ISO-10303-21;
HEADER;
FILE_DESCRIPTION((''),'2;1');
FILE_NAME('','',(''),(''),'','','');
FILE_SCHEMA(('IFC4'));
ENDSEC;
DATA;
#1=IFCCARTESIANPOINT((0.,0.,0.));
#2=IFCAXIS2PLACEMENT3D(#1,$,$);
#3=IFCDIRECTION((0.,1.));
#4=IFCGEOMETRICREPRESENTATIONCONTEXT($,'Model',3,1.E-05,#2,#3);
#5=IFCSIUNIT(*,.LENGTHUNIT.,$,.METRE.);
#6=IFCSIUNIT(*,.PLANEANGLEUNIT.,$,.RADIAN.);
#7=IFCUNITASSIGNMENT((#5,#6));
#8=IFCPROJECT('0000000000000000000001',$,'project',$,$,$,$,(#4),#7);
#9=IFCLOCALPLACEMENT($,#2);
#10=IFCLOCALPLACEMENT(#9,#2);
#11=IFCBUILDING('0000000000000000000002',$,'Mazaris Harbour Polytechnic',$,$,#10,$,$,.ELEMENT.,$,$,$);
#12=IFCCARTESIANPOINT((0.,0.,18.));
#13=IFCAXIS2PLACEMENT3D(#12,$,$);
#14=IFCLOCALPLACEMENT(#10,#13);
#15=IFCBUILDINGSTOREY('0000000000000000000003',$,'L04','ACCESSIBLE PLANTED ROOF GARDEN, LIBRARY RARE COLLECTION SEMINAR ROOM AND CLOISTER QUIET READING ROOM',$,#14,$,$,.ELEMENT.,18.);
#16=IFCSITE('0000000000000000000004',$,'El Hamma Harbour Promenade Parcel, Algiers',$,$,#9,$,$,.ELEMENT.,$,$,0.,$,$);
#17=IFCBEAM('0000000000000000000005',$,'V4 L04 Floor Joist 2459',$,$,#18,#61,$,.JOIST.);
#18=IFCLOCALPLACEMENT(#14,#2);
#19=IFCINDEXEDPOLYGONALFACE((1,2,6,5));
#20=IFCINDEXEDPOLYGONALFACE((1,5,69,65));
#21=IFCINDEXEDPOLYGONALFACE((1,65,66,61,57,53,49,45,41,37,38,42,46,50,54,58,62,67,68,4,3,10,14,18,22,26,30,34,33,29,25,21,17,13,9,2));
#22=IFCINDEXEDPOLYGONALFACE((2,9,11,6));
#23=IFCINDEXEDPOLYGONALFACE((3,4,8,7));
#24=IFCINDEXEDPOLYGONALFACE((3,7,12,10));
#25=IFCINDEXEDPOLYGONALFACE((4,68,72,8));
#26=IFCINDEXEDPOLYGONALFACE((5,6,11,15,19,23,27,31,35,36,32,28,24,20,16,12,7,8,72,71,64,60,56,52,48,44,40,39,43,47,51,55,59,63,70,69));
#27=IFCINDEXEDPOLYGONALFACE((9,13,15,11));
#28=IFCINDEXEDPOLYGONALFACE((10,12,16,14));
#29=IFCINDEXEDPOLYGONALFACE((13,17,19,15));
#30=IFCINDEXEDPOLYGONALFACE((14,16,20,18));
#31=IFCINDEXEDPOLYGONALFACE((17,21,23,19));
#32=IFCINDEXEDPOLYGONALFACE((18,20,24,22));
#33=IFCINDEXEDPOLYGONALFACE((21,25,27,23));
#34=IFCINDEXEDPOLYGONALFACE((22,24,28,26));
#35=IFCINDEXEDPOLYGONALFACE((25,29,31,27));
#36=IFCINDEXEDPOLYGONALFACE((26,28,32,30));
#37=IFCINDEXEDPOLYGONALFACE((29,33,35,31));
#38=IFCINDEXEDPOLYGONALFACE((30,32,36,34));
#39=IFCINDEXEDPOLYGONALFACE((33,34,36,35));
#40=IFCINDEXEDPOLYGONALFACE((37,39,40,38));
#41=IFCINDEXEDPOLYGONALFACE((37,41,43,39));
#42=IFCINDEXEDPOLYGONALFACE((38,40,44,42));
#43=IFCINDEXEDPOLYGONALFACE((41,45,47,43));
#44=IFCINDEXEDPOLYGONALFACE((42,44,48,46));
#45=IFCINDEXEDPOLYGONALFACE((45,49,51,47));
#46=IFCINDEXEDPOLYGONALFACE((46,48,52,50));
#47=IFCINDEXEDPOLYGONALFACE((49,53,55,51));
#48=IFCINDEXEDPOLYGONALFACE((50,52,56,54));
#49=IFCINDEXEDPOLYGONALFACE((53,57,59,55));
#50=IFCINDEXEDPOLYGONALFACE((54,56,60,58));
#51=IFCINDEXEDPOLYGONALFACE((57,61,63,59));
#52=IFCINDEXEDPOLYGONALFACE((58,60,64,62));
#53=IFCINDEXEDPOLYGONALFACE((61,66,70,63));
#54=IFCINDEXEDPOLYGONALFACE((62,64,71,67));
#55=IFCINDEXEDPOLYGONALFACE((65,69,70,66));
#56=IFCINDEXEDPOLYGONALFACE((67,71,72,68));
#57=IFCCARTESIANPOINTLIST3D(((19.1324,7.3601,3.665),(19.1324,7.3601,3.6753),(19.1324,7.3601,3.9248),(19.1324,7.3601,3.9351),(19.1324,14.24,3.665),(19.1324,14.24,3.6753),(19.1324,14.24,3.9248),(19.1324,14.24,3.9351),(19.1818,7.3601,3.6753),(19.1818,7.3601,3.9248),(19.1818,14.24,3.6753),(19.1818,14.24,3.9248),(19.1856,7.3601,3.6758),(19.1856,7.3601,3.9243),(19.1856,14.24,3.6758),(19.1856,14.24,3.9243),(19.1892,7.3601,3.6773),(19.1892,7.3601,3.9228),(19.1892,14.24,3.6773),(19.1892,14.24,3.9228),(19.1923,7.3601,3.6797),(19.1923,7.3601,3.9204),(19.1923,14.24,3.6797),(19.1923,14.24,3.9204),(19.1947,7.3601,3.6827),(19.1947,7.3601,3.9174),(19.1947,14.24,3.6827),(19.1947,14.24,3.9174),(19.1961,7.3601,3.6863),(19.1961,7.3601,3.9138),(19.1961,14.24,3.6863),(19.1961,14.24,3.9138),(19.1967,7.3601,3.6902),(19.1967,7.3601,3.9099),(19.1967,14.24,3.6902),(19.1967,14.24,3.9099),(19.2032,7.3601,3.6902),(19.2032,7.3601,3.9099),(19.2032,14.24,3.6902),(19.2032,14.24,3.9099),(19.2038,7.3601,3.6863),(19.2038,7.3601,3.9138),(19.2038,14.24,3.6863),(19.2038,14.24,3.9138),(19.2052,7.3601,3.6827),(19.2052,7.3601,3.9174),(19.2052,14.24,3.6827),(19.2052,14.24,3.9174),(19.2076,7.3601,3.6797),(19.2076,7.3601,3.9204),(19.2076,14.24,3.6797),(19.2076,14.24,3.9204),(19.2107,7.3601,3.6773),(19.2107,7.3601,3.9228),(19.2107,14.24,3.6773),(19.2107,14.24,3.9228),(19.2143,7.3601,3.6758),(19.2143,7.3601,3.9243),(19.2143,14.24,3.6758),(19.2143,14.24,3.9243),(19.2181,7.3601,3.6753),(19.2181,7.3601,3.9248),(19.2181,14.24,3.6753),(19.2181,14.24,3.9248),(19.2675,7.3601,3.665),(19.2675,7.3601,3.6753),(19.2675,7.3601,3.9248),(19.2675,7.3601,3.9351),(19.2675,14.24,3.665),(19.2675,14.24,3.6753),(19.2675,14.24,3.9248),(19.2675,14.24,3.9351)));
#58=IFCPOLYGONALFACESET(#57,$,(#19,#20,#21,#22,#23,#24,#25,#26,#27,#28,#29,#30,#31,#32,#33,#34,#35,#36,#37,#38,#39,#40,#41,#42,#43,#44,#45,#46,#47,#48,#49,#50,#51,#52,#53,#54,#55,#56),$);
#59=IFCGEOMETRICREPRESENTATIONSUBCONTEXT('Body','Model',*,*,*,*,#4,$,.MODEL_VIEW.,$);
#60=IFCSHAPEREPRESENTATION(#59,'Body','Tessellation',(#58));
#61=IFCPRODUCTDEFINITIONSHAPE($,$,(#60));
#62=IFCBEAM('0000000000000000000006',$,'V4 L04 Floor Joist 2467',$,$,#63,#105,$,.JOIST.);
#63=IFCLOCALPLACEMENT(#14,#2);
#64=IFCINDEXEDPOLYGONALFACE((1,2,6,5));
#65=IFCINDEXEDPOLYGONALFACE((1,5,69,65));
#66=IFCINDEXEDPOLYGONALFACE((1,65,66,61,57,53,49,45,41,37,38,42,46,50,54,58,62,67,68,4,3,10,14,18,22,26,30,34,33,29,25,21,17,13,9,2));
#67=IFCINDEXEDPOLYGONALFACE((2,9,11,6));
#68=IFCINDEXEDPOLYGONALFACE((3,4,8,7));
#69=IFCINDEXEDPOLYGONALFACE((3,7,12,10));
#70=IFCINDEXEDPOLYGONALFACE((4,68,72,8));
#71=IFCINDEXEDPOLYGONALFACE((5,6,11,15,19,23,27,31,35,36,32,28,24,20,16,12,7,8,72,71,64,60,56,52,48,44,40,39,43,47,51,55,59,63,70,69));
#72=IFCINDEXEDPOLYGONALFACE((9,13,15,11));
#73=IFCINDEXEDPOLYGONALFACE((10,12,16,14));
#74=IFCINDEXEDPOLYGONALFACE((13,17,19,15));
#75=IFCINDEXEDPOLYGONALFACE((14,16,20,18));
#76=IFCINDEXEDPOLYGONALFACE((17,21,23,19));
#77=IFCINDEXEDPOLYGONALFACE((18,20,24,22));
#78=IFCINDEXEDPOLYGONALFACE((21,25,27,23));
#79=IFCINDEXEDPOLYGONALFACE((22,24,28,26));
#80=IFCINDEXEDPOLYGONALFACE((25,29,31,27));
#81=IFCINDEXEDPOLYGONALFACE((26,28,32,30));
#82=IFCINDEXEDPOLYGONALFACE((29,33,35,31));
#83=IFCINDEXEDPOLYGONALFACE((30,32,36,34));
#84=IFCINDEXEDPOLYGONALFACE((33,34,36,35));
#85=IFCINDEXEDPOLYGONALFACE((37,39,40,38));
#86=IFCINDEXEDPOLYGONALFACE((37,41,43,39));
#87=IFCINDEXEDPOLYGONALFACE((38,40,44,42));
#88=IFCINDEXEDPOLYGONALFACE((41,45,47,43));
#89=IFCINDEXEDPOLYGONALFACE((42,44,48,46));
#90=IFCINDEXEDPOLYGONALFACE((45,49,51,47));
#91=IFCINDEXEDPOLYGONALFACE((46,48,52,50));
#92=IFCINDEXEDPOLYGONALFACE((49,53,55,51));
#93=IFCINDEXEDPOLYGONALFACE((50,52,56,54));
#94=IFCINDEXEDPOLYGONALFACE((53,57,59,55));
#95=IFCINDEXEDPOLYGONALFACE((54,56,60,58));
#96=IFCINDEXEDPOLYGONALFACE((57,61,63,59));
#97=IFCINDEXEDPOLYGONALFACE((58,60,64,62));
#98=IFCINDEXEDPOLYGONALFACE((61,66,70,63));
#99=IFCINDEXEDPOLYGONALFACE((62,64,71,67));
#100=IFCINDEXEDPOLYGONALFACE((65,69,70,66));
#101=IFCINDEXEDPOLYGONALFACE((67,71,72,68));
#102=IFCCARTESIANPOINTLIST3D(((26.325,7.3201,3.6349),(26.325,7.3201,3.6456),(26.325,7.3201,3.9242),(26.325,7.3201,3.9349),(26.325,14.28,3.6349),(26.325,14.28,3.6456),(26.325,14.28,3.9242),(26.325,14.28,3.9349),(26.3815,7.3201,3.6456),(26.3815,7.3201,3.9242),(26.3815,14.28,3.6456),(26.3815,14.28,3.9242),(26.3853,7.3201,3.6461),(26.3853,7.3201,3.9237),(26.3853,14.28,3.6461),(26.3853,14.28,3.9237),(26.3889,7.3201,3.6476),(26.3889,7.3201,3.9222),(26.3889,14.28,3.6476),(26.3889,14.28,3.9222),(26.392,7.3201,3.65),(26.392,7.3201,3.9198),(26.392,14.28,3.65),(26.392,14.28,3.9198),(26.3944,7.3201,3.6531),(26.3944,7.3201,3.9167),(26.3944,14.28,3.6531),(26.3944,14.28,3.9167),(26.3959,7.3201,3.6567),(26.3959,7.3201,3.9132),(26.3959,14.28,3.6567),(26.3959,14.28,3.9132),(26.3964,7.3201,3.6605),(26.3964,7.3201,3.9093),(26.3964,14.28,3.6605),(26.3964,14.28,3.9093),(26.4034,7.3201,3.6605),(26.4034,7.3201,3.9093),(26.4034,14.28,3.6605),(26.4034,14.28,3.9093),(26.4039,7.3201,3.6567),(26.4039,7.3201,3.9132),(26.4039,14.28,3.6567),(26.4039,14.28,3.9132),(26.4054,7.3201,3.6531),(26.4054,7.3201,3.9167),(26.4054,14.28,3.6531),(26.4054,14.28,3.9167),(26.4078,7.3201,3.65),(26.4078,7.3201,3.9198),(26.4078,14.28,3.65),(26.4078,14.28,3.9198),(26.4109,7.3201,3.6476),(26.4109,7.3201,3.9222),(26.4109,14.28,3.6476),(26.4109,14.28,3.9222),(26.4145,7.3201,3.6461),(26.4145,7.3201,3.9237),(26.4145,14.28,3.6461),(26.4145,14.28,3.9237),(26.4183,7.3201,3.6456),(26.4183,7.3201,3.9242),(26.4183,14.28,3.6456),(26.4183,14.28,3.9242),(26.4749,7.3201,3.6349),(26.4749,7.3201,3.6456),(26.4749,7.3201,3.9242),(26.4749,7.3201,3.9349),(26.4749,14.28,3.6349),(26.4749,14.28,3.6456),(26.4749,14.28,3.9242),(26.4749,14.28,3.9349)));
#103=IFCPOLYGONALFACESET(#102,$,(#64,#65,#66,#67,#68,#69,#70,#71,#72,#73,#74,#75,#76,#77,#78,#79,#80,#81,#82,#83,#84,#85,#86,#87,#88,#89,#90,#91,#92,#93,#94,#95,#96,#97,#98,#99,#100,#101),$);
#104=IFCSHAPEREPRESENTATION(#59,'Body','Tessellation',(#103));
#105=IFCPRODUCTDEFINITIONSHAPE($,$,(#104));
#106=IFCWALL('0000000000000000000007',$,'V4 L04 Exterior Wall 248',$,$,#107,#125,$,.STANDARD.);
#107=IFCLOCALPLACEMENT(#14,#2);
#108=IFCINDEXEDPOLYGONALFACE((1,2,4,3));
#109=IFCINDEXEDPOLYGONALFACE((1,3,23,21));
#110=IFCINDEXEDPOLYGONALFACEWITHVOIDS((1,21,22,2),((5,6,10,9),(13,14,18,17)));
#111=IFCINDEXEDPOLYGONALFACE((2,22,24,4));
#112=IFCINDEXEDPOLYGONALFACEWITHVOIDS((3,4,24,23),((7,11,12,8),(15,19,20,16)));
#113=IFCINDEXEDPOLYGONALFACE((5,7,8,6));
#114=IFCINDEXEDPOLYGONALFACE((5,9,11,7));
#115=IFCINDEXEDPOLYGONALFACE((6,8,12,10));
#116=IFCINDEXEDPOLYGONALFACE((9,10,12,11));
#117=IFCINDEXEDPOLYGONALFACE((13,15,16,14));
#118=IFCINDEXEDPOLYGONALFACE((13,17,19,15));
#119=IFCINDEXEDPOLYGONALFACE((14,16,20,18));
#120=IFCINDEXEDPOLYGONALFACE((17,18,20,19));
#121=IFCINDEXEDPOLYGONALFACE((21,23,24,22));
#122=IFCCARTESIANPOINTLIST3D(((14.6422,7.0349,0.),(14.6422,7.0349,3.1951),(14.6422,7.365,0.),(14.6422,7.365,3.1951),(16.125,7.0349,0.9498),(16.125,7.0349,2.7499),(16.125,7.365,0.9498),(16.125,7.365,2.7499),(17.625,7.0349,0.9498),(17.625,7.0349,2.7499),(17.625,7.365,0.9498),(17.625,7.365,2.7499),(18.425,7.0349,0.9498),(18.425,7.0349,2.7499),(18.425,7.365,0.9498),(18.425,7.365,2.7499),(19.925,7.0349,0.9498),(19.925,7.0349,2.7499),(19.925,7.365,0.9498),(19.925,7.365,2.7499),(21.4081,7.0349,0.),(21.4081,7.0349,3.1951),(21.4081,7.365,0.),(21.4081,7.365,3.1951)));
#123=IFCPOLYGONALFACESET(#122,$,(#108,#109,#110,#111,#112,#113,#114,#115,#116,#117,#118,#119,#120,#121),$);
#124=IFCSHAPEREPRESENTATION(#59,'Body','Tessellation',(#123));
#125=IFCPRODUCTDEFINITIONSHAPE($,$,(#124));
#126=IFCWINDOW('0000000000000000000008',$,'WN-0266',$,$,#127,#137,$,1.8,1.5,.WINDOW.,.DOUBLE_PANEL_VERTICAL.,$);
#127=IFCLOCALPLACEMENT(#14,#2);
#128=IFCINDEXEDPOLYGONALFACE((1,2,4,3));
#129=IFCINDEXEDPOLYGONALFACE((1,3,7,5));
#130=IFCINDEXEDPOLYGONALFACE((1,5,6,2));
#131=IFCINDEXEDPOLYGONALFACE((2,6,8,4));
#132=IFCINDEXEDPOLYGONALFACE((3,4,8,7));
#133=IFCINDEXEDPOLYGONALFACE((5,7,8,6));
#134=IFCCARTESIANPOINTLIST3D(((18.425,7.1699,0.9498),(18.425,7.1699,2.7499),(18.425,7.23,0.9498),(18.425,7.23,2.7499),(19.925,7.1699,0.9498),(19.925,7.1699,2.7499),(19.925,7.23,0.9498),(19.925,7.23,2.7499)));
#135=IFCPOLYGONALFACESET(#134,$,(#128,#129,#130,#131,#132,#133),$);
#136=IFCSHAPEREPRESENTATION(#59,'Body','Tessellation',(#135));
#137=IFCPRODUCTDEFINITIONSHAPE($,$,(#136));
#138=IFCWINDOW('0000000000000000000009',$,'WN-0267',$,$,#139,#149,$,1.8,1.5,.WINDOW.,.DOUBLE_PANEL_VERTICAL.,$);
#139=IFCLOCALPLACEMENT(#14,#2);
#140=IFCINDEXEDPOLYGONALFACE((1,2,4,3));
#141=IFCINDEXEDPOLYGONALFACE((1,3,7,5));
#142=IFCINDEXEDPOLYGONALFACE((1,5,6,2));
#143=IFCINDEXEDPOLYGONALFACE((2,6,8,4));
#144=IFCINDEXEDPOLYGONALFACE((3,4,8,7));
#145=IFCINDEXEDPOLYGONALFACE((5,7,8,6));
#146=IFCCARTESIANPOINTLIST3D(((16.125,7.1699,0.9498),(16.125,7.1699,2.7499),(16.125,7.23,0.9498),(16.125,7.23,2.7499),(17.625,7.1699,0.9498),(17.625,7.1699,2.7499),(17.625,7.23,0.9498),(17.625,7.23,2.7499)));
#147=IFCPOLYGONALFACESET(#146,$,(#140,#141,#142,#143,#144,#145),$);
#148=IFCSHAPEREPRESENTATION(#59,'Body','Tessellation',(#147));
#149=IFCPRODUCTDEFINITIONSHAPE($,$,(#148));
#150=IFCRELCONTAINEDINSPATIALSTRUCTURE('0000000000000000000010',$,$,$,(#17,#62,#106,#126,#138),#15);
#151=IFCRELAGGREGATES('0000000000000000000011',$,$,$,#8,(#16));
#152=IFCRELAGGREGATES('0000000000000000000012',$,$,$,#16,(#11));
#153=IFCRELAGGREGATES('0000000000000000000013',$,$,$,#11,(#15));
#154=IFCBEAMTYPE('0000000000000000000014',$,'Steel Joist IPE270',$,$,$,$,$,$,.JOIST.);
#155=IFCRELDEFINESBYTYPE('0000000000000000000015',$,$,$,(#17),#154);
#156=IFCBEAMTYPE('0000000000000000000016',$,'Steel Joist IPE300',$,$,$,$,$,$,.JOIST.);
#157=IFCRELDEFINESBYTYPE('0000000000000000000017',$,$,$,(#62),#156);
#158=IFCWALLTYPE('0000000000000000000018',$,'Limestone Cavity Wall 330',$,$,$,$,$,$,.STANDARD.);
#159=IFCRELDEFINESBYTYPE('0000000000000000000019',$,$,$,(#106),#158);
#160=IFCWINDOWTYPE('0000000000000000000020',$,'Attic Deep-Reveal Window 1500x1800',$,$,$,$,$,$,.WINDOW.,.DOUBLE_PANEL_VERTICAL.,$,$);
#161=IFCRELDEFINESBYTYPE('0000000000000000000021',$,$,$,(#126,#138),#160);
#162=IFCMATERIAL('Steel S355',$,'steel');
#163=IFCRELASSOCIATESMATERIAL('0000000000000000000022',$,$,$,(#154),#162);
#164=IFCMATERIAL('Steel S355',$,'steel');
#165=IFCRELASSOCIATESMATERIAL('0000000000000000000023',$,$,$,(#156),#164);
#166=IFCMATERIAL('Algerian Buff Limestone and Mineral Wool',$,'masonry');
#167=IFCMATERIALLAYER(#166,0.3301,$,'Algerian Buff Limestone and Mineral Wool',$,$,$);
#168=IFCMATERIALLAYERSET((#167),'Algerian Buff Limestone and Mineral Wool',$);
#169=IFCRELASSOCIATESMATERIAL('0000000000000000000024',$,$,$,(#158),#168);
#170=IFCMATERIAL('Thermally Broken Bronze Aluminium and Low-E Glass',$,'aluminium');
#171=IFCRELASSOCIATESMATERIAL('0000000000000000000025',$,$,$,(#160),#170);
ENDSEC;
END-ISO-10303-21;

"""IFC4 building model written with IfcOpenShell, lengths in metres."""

from ifc_helpers import new_model, si_unit, direction, frame, frame_2d, origin, origin_2d, place, context, subcontext, project, spatial, rectangle, i_section, extrude, material, layer, layer_set, material_profile, profile_set, type_object, element, fill, save


model = new_model("IFC4")

# Units and contexts
model_context = context("Model", 3, precision=1e-05, world=origin(), true_north=direction((0.0, 1.0)))
body_context = subcontext(model_context, "Body", "Model", "MODEL_VIEW")
ifc_project = project(units=[si_unit("LENGTHUNIT", "METRE"), si_unit("PLANEANGLEUNIT", "RADIAN")], contexts=[model_context])

# Site, building, storey
site_placement = place(None, origin())
site = spatial("IfcSite", under=ifc_project, at=site_placement, Name="El Hamma Harbour Promenade Parcel, Algiers", CompositionType="ELEMENT", RefElevation=0.0)
building_placement = place(site_placement, origin())
building = spatial("IfcBuilding", under=site, at=building_placement, Name="Mazaris Harbour Polytechnic", CompositionType="ELEMENT")
storey_placement = place(building_placement, frame((0.0, 0.0, 18.0)))
storey = spatial("IfcBuildingStorey", under=building, at=storey_placement, Name="L04", Description="ACCESSIBLE PLANTED ROOF GARDEN, LIBRARY RARE COLLECTION SEMINAR ROOM AND CLOISTER QUIET READING ROOM", CompositionType="ELEMENT", Elevation=18.0)

# Beams
ifc_material_1 = material(Name="Steel S355", Category="steel")
ifc_material_profile_1 = material_profile(ifc_material_1, i_section(OverallWidth=0.135, OverallDepth=0.27, WebThickness=0.0066, FlangeThickness=0.0103, FilletRadius=0.0149, at=origin_2d()), Name="IPE 270")
ifc_profile_set_1 = profile_set([ifc_material_profile_1], Name="Steel S355")
beam_type_1 = type_object("IfcBeamType", Name="Steel Joist IPE270", PredefinedType="JOIST", material=ifc_profile_set_1)
beam_1_placement = place(storey_placement, frame((19.2, 7.3601, 3.8), z_axis=(0.0, 1.0, 0.0), x_axis=(-1.0, 0.0, 0.0)))
element("IfcBeam", 1, at=beam_1_placement, inside=storey, type_object=beam_type_1, Name="V4 L04 Floor Joist 2459", PredefinedType="JOIST", context=body_context, shape_type="SweptSolid", body=[
    extrude(i_section(OverallWidth=0.135, OverallDepth=0.27, WebThickness=0.0066, FlangeThickness=0.0103, FilletRadius=0.0149, at=origin_2d()), origin(), (0.0, 0.0, 1.0), 6.8799),
])
ifc_material_2 = material(Name="Steel S355", Category="steel")
ifc_material_profile_2 = material_profile(ifc_material_2, i_section(OverallWidth=0.1499, OverallDepth=0.3, WebThickness=0.0071, FlangeThickness=0.0107, FilletRadius=0.0149, at=origin_2d()), Name="IPE 300")
ifc_profile_set_2 = profile_set([ifc_material_profile_2], Name="Steel S355")
beam_type_2 = type_object("IfcBeamType", Name="Steel Joist IPE300", PredefinedType="JOIST", material=ifc_profile_set_2)
beam_2_placement = place(storey_placement, frame((26.3999, 7.3201, 3.7849), z_axis=(0.0, 1.0, 0.0), x_axis=(-1.0, 0.0, 0.0)))
element("IfcBeam", 2, at=beam_2_placement, inside=storey, type_object=beam_type_2, Name="V4 L04 Floor Joist 2467", PredefinedType="JOIST", context=body_context, shape_type="SweptSolid", body=[
    extrude(i_section(OverallWidth=0.1499, OverallDepth=0.3, WebThickness=0.0071, FlangeThickness=0.0107, FilletRadius=0.0149, at=origin_2d()), origin(), (0.0, 0.0, 1.0), 6.96),
])

# Wall, openings, windows
ifc_material_3 = material(Name="Algerian Buff Limestone and Mineral Wool", Category="masonry")
ifc_layer = layer(ifc_material_3, 0.3301, Name="Algerian Buff Limestone and Mineral Wool")
ifc_layer_set = layer_set([ifc_layer], Name="Algerian Buff Limestone and Mineral Wool")
wall_type = type_object("IfcWallType", Name="Limestone Cavity Wall 330", PredefinedType="STANDARD", material=ifc_layer_set)
wall_1_placement = place(storey_placement, frame((21.408, 7.2, 0.0), z_axis=(0.0, 0.0, 1.0), x_axis=(-1.0, 0.0, 0.0)))
wall_1 = element("IfcWall", 3, at=wall_1_placement, inside=storey, type_object=wall_type, Name="V4 L04 Exterior Wall 248", PredefinedType="STANDARD", context=body_context, shape_type="SweptSolid", body=[
    extrude(rectangle(XDim=6.7659, YDim=0.3301, at=frame_2d((3.3828, 0.0))), origin(), (0.0, 0.0, 1.0), 3.1951),
])
opening_1_placement = place(wall_1_placement, frame((1.4829, 0.0, 0.95)))
opening_1 = element("IfcOpeningElement", 4, at=opening_1_placement, cuts=wall_1, PredefinedType="OPENING", context=body_context, shape_type="SweptSolid", body=[
    extrude(rectangle(XDim=1.5, YDim=1.8, at=frame_2d((0.75, 0.8999))), frame((0.0, 0.175, 0.0), z_axis=(0.0, -1.0, 0.0), x_axis=(1.0, 0.0, 0.0)), (0.0, 0.0, 1.0), 0.3501),
])
opening_2_placement = place(wall_1_placement, frame((3.783, 0.0, 0.95)))
opening_2 = element("IfcOpeningElement", 5, at=opening_2_placement, cuts=wall_1, PredefinedType="OPENING", context=body_context, shape_type="SweptSolid", body=[
    extrude(rectangle(XDim=1.5, YDim=1.8, at=frame_2d((0.75, 0.8999))), frame((0.0, 0.175, 0.0), z_axis=(0.0, -1.0, 0.0), x_axis=(1.0, 0.0, 0.0)), (0.0, 0.0, 1.0), 0.3501),
])
ifc_material_4 = material(Name="Thermally Broken Bronze Aluminium and Low-E Glass", Category="aluminium")
window_type_1 = type_object("IfcWindowType", Name="Attic Deep-Reveal Window 1500x1800", PartitioningType="DOUBLE_PANEL_VERTICAL", PredefinedType="WINDOW", material=ifc_material_4)
window_1_placement = place(opening_1_placement, origin())
window_1 = element("IfcWindow", 6, at=window_1_placement, inside=storey, type_object=window_type_1, Name="WN-0266", OverallHeight=1.8, OverallWidth=1.5, PartitioningType="DOUBLE_PANEL_VERTICAL", PredefinedType="WINDOW", context=body_context, shape_type="SweptSolid", body=[
    extrude(rectangle(XDim=1.5, YDim=1.8, at=frame_2d((0.75, 0.8999))), frame((0.0, 0.03, 0.0), z_axis=(0.0, -1.0, 0.0), x_axis=(1.0, 0.0, 0.0)), (0.0, 0.0, 1.0), 0.0601),
])
fill(opening_1, window_1)
window_2_placement = place(opening_2_placement, origin())
window_2 = element("IfcWindow", 7, at=window_2_placement, inside=storey, type_object=window_type_1, Name="WN-0267", OverallHeight=1.8, OverallWidth=1.5, PartitioningType="DOUBLE_PANEL_VERTICAL", PredefinedType="WINDOW", context=body_context, shape_type="SweptSolid", body=[
    extrude(rectangle(XDim=1.5, YDim=1.8, at=frame_2d((0.75, 0.8999))), frame((0.0, 0.03, 0.0), z_axis=(0.0, -1.0, 0.0), x_axis=(1.0, 0.0, 0.0)), (0.0, 0.0, 1.0), 0.0601),
])
fill(opening_2, window_2)

save(model, "model.ifc")
